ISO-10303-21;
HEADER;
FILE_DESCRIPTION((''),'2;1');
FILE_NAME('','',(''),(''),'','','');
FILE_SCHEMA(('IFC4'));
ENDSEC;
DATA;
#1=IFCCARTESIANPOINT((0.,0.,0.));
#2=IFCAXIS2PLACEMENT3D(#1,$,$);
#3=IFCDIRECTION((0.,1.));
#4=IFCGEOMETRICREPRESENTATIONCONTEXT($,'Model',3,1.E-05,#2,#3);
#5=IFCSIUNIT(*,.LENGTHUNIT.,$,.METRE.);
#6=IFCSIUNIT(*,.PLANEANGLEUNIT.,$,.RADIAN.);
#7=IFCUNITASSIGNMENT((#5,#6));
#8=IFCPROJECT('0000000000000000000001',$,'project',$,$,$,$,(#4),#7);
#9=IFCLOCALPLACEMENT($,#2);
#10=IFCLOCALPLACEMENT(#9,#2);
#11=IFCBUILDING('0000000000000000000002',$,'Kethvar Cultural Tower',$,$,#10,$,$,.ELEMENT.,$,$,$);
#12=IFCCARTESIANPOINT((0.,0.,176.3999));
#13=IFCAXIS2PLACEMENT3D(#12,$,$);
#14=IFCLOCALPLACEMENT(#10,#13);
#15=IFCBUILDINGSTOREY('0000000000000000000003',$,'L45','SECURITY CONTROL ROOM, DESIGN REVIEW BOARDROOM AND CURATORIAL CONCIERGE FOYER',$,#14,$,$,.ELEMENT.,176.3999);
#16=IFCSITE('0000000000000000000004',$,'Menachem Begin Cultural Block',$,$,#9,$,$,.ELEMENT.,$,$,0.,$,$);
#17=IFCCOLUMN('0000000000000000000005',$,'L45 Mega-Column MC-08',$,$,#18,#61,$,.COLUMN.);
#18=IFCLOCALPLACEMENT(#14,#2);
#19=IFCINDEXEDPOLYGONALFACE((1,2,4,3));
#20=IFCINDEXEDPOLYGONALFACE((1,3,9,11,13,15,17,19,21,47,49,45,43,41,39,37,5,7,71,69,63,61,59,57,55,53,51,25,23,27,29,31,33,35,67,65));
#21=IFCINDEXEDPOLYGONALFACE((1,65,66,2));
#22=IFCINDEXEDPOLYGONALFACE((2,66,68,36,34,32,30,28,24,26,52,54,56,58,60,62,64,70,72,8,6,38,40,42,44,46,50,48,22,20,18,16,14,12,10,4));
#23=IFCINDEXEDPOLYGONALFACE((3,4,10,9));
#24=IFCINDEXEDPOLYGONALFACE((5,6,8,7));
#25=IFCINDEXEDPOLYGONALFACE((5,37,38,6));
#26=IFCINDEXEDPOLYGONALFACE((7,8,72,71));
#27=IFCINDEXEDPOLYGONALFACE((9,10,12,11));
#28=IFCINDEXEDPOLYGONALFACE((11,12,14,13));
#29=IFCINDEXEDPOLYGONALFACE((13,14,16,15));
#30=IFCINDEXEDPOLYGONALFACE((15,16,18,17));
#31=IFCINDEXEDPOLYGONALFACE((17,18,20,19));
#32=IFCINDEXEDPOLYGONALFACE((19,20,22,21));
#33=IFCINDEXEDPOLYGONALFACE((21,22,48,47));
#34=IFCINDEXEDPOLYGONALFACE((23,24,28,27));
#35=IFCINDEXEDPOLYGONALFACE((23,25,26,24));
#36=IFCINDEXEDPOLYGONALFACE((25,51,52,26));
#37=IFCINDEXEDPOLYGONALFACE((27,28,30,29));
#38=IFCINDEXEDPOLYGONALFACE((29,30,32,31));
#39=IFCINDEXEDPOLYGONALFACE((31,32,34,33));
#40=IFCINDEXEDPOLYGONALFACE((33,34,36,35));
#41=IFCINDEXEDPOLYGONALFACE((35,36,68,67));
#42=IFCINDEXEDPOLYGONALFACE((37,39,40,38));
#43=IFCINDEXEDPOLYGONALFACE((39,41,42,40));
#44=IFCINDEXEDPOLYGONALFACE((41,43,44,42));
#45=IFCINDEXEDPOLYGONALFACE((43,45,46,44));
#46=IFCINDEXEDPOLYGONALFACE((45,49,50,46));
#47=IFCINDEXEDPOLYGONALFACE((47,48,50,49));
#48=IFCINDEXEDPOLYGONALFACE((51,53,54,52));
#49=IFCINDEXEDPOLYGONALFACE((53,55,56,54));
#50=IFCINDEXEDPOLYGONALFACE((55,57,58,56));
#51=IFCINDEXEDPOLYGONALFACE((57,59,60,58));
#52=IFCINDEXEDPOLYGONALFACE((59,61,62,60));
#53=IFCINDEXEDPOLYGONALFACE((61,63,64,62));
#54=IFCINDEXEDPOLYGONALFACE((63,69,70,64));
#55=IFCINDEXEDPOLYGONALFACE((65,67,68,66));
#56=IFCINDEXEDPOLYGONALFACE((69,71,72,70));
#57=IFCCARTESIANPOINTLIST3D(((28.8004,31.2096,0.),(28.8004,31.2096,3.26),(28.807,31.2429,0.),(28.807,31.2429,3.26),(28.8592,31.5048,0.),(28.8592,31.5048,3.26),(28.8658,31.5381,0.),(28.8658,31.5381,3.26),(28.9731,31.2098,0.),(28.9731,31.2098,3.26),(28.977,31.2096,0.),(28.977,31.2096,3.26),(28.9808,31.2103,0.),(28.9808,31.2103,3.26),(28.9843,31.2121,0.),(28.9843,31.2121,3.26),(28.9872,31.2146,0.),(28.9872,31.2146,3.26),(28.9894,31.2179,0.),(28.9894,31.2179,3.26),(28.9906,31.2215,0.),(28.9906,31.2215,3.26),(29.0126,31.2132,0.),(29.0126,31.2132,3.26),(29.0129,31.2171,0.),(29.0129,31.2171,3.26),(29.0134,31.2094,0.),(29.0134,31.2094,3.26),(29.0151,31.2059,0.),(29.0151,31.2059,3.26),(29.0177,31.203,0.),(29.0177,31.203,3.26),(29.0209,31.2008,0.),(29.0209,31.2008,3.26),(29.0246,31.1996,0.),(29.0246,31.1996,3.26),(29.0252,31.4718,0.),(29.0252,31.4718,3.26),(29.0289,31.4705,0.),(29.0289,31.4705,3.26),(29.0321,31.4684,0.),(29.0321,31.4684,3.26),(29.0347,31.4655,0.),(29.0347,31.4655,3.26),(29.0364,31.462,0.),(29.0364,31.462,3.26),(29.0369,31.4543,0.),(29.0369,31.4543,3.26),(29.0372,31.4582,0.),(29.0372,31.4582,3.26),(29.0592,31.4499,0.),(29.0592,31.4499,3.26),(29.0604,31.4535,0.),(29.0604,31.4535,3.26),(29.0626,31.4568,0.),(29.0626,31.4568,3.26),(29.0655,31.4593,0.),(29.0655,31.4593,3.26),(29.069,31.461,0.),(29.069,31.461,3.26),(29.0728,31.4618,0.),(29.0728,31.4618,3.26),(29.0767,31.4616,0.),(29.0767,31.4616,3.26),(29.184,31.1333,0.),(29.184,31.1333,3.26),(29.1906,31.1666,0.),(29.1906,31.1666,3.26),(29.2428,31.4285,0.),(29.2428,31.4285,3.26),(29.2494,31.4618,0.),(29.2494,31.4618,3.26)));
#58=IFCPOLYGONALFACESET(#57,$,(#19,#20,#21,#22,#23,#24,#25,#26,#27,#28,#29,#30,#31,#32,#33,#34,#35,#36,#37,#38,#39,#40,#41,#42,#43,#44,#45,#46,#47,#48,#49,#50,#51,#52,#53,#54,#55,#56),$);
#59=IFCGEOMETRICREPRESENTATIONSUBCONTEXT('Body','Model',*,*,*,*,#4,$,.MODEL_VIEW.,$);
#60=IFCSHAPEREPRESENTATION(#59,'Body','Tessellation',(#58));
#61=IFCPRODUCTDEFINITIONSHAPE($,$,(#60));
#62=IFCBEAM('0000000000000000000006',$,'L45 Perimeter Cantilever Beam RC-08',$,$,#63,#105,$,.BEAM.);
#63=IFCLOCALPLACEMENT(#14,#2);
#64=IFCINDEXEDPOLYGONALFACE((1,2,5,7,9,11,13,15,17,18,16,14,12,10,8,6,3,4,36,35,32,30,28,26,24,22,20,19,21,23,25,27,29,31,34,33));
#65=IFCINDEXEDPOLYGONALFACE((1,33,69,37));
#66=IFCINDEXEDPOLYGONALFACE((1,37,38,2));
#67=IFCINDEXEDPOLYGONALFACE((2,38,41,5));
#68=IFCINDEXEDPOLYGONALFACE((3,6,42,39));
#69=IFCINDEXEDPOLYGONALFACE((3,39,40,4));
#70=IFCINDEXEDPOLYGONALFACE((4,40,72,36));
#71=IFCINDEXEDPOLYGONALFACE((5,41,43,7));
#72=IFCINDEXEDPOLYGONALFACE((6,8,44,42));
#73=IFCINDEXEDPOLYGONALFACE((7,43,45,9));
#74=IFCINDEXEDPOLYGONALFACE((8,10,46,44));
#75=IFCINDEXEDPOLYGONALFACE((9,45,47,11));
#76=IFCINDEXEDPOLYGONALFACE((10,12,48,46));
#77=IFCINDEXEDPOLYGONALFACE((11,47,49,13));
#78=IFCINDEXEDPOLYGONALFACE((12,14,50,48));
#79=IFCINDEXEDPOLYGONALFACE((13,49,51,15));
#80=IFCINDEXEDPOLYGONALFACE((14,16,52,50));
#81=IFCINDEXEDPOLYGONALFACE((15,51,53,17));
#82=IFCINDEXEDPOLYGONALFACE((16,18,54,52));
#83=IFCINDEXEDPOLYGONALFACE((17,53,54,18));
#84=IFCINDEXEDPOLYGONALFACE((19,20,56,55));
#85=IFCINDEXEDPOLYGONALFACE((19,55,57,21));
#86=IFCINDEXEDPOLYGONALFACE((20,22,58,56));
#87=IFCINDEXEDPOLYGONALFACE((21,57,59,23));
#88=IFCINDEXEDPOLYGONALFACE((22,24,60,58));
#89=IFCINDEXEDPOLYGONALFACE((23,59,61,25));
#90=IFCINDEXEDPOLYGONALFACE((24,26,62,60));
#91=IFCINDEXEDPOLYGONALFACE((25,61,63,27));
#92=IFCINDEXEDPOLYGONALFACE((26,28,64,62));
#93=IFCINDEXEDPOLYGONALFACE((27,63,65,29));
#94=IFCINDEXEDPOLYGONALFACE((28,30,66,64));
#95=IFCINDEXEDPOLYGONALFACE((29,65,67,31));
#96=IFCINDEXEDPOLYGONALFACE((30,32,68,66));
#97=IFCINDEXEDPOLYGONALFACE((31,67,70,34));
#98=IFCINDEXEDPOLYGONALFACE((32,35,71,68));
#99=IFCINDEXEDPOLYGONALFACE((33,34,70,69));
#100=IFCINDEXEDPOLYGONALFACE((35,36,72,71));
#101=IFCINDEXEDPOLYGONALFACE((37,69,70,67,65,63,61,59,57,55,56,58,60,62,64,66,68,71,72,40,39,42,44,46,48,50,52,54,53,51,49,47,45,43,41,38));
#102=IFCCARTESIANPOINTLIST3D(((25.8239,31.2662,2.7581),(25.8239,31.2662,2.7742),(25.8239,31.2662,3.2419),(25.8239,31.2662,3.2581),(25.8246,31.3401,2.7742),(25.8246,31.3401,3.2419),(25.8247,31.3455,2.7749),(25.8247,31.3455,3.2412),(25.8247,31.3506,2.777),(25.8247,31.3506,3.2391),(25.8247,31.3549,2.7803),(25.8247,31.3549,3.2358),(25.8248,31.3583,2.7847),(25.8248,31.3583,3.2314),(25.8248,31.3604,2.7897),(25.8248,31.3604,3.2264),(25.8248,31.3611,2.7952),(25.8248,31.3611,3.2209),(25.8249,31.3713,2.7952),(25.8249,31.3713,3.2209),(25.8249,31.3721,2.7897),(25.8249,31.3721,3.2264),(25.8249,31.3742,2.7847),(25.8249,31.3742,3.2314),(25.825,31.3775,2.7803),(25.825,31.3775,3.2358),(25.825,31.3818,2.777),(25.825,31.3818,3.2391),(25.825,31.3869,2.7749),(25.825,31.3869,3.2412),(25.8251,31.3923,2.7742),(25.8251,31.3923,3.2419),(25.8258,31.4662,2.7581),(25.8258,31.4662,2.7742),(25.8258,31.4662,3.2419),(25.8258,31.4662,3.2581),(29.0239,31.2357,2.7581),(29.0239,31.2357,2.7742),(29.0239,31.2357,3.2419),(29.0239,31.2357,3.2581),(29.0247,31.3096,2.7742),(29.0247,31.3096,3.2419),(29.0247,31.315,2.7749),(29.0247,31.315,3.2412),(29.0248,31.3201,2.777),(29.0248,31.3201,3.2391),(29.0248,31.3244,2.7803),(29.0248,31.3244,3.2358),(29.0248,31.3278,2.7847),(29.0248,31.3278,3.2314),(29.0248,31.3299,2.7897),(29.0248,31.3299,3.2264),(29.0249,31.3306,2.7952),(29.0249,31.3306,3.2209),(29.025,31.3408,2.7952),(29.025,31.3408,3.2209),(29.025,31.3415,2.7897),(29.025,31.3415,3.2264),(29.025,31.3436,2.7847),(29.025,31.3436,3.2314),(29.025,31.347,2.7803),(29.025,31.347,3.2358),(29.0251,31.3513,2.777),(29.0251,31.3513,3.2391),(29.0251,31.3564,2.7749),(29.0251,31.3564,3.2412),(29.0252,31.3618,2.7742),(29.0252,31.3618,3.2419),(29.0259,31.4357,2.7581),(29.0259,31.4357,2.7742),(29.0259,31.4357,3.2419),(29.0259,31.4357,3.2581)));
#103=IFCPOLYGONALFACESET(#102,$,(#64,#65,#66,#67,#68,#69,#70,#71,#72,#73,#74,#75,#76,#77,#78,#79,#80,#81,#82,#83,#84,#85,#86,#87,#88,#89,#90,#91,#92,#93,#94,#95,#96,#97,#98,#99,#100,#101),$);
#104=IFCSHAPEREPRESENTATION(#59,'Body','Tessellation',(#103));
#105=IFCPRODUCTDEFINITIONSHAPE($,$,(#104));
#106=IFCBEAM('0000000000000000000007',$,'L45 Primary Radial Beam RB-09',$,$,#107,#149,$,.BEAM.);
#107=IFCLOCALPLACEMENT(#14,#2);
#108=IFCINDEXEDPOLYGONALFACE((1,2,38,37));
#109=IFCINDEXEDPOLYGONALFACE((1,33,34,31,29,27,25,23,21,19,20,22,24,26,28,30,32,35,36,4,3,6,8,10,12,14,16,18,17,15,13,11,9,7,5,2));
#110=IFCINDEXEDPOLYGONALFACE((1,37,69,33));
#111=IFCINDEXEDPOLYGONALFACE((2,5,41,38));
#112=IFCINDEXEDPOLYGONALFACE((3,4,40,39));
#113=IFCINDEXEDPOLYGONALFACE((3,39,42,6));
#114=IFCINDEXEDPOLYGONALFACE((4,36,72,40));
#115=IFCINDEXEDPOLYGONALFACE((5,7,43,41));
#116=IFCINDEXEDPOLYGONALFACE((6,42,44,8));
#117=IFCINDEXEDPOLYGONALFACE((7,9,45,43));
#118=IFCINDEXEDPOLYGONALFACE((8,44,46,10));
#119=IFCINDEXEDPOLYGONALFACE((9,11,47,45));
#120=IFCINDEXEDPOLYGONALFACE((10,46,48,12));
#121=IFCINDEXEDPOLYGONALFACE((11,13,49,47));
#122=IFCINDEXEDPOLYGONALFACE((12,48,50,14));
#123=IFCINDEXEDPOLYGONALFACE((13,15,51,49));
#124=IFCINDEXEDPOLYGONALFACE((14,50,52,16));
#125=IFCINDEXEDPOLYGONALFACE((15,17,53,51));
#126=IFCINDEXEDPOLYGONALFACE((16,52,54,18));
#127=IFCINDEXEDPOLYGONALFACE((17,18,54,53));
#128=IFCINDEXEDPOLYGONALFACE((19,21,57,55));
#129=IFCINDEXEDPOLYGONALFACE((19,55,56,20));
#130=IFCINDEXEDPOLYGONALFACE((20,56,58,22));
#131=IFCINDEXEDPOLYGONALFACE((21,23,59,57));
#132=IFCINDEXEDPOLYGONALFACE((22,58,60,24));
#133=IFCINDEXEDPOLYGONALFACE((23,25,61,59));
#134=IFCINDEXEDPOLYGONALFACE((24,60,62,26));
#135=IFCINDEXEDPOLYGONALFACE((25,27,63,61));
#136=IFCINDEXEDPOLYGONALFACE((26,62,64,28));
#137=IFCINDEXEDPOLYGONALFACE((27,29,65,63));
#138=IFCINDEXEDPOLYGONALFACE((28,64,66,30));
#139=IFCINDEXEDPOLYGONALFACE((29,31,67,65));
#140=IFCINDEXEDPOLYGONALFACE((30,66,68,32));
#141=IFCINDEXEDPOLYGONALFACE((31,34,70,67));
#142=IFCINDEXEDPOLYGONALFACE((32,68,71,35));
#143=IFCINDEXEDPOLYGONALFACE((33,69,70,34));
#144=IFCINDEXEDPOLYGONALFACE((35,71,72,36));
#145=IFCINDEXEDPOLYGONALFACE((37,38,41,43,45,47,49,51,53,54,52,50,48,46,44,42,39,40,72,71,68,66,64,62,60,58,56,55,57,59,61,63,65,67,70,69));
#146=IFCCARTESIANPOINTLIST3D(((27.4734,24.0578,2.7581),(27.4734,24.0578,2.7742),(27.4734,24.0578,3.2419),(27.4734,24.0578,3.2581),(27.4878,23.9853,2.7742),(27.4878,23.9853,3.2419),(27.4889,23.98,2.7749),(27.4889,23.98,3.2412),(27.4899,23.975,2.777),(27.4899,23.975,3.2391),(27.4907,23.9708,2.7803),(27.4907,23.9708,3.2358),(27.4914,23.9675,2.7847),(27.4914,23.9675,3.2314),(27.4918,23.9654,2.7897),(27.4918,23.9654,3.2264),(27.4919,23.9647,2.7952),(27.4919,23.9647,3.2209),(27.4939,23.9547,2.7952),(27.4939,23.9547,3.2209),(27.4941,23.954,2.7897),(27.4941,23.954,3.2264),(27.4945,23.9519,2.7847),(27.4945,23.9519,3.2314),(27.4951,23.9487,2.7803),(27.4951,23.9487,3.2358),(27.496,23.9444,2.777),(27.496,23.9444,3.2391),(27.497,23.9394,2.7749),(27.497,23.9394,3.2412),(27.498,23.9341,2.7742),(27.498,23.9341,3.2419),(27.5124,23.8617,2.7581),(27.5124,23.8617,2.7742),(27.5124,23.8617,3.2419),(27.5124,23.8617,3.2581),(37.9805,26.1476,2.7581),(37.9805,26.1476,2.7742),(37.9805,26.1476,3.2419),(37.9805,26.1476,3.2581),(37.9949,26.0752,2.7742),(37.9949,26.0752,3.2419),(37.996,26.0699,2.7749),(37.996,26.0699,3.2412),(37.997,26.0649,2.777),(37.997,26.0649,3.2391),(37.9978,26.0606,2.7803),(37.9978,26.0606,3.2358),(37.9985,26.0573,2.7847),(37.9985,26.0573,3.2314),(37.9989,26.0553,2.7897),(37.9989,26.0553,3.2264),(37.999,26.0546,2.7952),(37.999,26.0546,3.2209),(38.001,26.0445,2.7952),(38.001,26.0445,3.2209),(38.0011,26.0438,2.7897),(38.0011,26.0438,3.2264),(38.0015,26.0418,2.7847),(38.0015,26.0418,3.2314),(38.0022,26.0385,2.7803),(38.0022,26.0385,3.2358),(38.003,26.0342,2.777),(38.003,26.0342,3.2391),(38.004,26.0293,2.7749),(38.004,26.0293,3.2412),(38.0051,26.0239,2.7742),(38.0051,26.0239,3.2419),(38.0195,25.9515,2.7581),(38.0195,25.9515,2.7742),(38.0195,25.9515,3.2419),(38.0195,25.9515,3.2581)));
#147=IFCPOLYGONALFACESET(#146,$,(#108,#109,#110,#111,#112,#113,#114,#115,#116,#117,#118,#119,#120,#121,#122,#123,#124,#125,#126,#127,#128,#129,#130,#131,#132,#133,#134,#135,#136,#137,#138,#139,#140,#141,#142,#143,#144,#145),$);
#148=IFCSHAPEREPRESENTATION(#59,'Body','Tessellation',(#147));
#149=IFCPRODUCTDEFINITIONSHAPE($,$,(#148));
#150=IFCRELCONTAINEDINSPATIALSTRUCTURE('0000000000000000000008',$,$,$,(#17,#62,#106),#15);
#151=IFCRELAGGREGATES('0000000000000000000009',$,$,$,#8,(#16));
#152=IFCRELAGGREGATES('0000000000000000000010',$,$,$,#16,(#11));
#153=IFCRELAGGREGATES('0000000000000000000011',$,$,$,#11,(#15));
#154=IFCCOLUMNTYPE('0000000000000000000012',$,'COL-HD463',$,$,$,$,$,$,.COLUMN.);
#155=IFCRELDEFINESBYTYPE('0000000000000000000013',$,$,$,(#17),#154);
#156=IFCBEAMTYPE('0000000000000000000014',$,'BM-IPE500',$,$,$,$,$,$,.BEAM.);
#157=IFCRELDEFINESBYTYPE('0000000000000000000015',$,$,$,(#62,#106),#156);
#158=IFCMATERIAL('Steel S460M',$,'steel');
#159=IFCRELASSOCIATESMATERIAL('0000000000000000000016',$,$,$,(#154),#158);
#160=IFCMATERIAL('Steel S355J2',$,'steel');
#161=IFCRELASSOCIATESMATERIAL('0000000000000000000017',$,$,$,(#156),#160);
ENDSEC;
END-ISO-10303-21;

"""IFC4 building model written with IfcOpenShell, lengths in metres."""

from ifc_helpers import new_model, si_unit, direction, frame, origin, origin_2d, place, context, subcontext, project, spatial, i_section, extrude, source, transform, mapped, material, material_profile, profile_set, type_object, element, save


model = new_model("IFC4")

# Units and contexts
model_context = context("Model", 3, precision=1e-05, world=origin(), true_north=direction((0.0, 1.0)))
body_context = subcontext(model_context, "Body", "Model", "MODEL_VIEW")
ifc_project = project(units=[si_unit("LENGTHUNIT", "METRE"), si_unit("PLANEANGLEUNIT", "RADIAN")], contexts=[model_context])

# Site, building, storey
site_placement = place(None, origin())
site = spatial("IfcSite", under=ifc_project, at=site_placement, Name="Menachem Begin Cultural Block", CompositionType="ELEMENT", RefElevation=0.0)
building_placement = place(site_placement, origin())
building = spatial("IfcBuilding", under=site, at=building_placement, Name="Kethvar Cultural Tower", CompositionType="ELEMENT")
storey_placement = place(building_placement, frame((0.0, 0.0, 176.3999)))
storey = spatial("IfcBuildingStorey", under=building, at=storey_placement, Name="L45", Description="SECURITY CONTROL ROOM, DESIGN REVIEW BOARDROOM AND CURATORIAL CONCIERGE FOYER", CompositionType="ELEMENT", Elevation=176.3999)

# Column
ifc_material_1 = material(Name="Steel S460M", Category="steel")
ifc_material_profile_1 = material_profile(ifc_material_1, i_section(OverallWidth=0.3911, OverallDepth=0.335, WebThickness=0.0227, FlangeThickness=0.0339, FilletRadius=0.0149, at=origin_2d()), Name="Steel S460M — HD400x463")
ifc_profile_set_1 = profile_set([ifc_material_profile_1], Name="Steel S460M — HD400x463")
column_type = type_object("IfcColumnType", Name="COL-HD463", PredefinedType="COLUMN", material=ifc_profile_set_1)
shared_shape_1 = source(origin(), body_context, "Body", "SweptSolid", [
    extrude(i_section(OverallWidth=0.3911, OverallDepth=0.335, WebThickness=0.0227, FlangeThickness=0.0339, FilletRadius=0.0149, at=origin_2d()), origin(), (0.0, 0.0, 1.0), 3.26),
])
column_placement = place(storey_placement, frame((29.0249, 31.3357, 0.0), z_axis=(0.0, 0.0, 1.0), x_axis=(-0.980785, 0.19509, 0.0)))
element("IfcColumn", 1, at=column_placement, inside=storey, type_object=column_type, Name="L45 Mega-Column MC-08", PredefinedType="COLUMN", context=body_context, shape_type="MappedRepresentation", body=[
    mapped(shared_shape_1, transform((0.0, 0.0, 0.0), scale=1.0)),
])

# Beams
ifc_material_2 = material(Name="Steel S355J2", Category="steel")
ifc_material_profile_2 = material_profile(ifc_material_2, i_section(OverallWidth=0.2, OverallDepth=0.5, WebThickness=0.0103, FlangeThickness=0.0161, FilletRadius=0.021, at=origin_2d()), Name="Steel S355J2 — IPE500")
ifc_profile_set_2 = profile_set([ifc_material_profile_2], Name="Steel S355J2 — IPE500")
beam_type_1 = type_object("IfcBeamType", Name="BM-IPE500", PredefinedType="BEAM", material=ifc_profile_set_2)
shared_shape_2 = source(origin(), body_context, "Body", "SweptSolid", [
    extrude(i_section(OverallWidth=0.2, OverallDepth=0.5, WebThickness=0.0103, FlangeThickness=0.0161, FilletRadius=0.021, at=origin_2d()), origin(), (0.0, 0.0, 1.0), 3.2002),
])
beam_1_placement = place(storey_placement, frame((29.0249, 31.3357, 3.0081), z_axis=(-0.999955, 0.009536, 0.0), x_axis=(-0.009536, -0.999955, 0.0)))
element("IfcBeam", 2, at=beam_1_placement, inside=storey, type_object=beam_type_1, Name="L45 Perimeter Cantilever Beam RC-08", PredefinedType="BEAM", context=body_context, shape_type="MappedRepresentation", body=[
    mapped(shared_shape_2, transform((0.0, 0.0, 0.0), scale=1.0)),
])
shared_shape_3 = source(origin(), body_context, "Body", "SweptSolid", [
    extrude(i_section(OverallWidth=0.2, OverallDepth=0.5, WebThickness=0.0103, FlangeThickness=0.0161, FilletRadius=0.021, at=origin_2d()), origin(), (0.0, 0.0, 1.0), 10.7129),
])
beam_2_placement = place(storey_placement, frame((38.0, 26.0496, 3.0081), z_axis=(-0.980788, -0.195077, 0.0), x_axis=(0.195077, -0.980788, 0.0)))
element("IfcBeam", 3, at=beam_2_placement, inside=storey, type_object=beam_type_1, Name="L45 Primary Radial Beam RB-09", PredefinedType="BEAM", context=body_context, shape_type="MappedRepresentation", body=[
    mapped(shared_shape_3, transform((0.0, 0.0, 0.0), scale=1.0)),
])

save(model, "model.ifc")
